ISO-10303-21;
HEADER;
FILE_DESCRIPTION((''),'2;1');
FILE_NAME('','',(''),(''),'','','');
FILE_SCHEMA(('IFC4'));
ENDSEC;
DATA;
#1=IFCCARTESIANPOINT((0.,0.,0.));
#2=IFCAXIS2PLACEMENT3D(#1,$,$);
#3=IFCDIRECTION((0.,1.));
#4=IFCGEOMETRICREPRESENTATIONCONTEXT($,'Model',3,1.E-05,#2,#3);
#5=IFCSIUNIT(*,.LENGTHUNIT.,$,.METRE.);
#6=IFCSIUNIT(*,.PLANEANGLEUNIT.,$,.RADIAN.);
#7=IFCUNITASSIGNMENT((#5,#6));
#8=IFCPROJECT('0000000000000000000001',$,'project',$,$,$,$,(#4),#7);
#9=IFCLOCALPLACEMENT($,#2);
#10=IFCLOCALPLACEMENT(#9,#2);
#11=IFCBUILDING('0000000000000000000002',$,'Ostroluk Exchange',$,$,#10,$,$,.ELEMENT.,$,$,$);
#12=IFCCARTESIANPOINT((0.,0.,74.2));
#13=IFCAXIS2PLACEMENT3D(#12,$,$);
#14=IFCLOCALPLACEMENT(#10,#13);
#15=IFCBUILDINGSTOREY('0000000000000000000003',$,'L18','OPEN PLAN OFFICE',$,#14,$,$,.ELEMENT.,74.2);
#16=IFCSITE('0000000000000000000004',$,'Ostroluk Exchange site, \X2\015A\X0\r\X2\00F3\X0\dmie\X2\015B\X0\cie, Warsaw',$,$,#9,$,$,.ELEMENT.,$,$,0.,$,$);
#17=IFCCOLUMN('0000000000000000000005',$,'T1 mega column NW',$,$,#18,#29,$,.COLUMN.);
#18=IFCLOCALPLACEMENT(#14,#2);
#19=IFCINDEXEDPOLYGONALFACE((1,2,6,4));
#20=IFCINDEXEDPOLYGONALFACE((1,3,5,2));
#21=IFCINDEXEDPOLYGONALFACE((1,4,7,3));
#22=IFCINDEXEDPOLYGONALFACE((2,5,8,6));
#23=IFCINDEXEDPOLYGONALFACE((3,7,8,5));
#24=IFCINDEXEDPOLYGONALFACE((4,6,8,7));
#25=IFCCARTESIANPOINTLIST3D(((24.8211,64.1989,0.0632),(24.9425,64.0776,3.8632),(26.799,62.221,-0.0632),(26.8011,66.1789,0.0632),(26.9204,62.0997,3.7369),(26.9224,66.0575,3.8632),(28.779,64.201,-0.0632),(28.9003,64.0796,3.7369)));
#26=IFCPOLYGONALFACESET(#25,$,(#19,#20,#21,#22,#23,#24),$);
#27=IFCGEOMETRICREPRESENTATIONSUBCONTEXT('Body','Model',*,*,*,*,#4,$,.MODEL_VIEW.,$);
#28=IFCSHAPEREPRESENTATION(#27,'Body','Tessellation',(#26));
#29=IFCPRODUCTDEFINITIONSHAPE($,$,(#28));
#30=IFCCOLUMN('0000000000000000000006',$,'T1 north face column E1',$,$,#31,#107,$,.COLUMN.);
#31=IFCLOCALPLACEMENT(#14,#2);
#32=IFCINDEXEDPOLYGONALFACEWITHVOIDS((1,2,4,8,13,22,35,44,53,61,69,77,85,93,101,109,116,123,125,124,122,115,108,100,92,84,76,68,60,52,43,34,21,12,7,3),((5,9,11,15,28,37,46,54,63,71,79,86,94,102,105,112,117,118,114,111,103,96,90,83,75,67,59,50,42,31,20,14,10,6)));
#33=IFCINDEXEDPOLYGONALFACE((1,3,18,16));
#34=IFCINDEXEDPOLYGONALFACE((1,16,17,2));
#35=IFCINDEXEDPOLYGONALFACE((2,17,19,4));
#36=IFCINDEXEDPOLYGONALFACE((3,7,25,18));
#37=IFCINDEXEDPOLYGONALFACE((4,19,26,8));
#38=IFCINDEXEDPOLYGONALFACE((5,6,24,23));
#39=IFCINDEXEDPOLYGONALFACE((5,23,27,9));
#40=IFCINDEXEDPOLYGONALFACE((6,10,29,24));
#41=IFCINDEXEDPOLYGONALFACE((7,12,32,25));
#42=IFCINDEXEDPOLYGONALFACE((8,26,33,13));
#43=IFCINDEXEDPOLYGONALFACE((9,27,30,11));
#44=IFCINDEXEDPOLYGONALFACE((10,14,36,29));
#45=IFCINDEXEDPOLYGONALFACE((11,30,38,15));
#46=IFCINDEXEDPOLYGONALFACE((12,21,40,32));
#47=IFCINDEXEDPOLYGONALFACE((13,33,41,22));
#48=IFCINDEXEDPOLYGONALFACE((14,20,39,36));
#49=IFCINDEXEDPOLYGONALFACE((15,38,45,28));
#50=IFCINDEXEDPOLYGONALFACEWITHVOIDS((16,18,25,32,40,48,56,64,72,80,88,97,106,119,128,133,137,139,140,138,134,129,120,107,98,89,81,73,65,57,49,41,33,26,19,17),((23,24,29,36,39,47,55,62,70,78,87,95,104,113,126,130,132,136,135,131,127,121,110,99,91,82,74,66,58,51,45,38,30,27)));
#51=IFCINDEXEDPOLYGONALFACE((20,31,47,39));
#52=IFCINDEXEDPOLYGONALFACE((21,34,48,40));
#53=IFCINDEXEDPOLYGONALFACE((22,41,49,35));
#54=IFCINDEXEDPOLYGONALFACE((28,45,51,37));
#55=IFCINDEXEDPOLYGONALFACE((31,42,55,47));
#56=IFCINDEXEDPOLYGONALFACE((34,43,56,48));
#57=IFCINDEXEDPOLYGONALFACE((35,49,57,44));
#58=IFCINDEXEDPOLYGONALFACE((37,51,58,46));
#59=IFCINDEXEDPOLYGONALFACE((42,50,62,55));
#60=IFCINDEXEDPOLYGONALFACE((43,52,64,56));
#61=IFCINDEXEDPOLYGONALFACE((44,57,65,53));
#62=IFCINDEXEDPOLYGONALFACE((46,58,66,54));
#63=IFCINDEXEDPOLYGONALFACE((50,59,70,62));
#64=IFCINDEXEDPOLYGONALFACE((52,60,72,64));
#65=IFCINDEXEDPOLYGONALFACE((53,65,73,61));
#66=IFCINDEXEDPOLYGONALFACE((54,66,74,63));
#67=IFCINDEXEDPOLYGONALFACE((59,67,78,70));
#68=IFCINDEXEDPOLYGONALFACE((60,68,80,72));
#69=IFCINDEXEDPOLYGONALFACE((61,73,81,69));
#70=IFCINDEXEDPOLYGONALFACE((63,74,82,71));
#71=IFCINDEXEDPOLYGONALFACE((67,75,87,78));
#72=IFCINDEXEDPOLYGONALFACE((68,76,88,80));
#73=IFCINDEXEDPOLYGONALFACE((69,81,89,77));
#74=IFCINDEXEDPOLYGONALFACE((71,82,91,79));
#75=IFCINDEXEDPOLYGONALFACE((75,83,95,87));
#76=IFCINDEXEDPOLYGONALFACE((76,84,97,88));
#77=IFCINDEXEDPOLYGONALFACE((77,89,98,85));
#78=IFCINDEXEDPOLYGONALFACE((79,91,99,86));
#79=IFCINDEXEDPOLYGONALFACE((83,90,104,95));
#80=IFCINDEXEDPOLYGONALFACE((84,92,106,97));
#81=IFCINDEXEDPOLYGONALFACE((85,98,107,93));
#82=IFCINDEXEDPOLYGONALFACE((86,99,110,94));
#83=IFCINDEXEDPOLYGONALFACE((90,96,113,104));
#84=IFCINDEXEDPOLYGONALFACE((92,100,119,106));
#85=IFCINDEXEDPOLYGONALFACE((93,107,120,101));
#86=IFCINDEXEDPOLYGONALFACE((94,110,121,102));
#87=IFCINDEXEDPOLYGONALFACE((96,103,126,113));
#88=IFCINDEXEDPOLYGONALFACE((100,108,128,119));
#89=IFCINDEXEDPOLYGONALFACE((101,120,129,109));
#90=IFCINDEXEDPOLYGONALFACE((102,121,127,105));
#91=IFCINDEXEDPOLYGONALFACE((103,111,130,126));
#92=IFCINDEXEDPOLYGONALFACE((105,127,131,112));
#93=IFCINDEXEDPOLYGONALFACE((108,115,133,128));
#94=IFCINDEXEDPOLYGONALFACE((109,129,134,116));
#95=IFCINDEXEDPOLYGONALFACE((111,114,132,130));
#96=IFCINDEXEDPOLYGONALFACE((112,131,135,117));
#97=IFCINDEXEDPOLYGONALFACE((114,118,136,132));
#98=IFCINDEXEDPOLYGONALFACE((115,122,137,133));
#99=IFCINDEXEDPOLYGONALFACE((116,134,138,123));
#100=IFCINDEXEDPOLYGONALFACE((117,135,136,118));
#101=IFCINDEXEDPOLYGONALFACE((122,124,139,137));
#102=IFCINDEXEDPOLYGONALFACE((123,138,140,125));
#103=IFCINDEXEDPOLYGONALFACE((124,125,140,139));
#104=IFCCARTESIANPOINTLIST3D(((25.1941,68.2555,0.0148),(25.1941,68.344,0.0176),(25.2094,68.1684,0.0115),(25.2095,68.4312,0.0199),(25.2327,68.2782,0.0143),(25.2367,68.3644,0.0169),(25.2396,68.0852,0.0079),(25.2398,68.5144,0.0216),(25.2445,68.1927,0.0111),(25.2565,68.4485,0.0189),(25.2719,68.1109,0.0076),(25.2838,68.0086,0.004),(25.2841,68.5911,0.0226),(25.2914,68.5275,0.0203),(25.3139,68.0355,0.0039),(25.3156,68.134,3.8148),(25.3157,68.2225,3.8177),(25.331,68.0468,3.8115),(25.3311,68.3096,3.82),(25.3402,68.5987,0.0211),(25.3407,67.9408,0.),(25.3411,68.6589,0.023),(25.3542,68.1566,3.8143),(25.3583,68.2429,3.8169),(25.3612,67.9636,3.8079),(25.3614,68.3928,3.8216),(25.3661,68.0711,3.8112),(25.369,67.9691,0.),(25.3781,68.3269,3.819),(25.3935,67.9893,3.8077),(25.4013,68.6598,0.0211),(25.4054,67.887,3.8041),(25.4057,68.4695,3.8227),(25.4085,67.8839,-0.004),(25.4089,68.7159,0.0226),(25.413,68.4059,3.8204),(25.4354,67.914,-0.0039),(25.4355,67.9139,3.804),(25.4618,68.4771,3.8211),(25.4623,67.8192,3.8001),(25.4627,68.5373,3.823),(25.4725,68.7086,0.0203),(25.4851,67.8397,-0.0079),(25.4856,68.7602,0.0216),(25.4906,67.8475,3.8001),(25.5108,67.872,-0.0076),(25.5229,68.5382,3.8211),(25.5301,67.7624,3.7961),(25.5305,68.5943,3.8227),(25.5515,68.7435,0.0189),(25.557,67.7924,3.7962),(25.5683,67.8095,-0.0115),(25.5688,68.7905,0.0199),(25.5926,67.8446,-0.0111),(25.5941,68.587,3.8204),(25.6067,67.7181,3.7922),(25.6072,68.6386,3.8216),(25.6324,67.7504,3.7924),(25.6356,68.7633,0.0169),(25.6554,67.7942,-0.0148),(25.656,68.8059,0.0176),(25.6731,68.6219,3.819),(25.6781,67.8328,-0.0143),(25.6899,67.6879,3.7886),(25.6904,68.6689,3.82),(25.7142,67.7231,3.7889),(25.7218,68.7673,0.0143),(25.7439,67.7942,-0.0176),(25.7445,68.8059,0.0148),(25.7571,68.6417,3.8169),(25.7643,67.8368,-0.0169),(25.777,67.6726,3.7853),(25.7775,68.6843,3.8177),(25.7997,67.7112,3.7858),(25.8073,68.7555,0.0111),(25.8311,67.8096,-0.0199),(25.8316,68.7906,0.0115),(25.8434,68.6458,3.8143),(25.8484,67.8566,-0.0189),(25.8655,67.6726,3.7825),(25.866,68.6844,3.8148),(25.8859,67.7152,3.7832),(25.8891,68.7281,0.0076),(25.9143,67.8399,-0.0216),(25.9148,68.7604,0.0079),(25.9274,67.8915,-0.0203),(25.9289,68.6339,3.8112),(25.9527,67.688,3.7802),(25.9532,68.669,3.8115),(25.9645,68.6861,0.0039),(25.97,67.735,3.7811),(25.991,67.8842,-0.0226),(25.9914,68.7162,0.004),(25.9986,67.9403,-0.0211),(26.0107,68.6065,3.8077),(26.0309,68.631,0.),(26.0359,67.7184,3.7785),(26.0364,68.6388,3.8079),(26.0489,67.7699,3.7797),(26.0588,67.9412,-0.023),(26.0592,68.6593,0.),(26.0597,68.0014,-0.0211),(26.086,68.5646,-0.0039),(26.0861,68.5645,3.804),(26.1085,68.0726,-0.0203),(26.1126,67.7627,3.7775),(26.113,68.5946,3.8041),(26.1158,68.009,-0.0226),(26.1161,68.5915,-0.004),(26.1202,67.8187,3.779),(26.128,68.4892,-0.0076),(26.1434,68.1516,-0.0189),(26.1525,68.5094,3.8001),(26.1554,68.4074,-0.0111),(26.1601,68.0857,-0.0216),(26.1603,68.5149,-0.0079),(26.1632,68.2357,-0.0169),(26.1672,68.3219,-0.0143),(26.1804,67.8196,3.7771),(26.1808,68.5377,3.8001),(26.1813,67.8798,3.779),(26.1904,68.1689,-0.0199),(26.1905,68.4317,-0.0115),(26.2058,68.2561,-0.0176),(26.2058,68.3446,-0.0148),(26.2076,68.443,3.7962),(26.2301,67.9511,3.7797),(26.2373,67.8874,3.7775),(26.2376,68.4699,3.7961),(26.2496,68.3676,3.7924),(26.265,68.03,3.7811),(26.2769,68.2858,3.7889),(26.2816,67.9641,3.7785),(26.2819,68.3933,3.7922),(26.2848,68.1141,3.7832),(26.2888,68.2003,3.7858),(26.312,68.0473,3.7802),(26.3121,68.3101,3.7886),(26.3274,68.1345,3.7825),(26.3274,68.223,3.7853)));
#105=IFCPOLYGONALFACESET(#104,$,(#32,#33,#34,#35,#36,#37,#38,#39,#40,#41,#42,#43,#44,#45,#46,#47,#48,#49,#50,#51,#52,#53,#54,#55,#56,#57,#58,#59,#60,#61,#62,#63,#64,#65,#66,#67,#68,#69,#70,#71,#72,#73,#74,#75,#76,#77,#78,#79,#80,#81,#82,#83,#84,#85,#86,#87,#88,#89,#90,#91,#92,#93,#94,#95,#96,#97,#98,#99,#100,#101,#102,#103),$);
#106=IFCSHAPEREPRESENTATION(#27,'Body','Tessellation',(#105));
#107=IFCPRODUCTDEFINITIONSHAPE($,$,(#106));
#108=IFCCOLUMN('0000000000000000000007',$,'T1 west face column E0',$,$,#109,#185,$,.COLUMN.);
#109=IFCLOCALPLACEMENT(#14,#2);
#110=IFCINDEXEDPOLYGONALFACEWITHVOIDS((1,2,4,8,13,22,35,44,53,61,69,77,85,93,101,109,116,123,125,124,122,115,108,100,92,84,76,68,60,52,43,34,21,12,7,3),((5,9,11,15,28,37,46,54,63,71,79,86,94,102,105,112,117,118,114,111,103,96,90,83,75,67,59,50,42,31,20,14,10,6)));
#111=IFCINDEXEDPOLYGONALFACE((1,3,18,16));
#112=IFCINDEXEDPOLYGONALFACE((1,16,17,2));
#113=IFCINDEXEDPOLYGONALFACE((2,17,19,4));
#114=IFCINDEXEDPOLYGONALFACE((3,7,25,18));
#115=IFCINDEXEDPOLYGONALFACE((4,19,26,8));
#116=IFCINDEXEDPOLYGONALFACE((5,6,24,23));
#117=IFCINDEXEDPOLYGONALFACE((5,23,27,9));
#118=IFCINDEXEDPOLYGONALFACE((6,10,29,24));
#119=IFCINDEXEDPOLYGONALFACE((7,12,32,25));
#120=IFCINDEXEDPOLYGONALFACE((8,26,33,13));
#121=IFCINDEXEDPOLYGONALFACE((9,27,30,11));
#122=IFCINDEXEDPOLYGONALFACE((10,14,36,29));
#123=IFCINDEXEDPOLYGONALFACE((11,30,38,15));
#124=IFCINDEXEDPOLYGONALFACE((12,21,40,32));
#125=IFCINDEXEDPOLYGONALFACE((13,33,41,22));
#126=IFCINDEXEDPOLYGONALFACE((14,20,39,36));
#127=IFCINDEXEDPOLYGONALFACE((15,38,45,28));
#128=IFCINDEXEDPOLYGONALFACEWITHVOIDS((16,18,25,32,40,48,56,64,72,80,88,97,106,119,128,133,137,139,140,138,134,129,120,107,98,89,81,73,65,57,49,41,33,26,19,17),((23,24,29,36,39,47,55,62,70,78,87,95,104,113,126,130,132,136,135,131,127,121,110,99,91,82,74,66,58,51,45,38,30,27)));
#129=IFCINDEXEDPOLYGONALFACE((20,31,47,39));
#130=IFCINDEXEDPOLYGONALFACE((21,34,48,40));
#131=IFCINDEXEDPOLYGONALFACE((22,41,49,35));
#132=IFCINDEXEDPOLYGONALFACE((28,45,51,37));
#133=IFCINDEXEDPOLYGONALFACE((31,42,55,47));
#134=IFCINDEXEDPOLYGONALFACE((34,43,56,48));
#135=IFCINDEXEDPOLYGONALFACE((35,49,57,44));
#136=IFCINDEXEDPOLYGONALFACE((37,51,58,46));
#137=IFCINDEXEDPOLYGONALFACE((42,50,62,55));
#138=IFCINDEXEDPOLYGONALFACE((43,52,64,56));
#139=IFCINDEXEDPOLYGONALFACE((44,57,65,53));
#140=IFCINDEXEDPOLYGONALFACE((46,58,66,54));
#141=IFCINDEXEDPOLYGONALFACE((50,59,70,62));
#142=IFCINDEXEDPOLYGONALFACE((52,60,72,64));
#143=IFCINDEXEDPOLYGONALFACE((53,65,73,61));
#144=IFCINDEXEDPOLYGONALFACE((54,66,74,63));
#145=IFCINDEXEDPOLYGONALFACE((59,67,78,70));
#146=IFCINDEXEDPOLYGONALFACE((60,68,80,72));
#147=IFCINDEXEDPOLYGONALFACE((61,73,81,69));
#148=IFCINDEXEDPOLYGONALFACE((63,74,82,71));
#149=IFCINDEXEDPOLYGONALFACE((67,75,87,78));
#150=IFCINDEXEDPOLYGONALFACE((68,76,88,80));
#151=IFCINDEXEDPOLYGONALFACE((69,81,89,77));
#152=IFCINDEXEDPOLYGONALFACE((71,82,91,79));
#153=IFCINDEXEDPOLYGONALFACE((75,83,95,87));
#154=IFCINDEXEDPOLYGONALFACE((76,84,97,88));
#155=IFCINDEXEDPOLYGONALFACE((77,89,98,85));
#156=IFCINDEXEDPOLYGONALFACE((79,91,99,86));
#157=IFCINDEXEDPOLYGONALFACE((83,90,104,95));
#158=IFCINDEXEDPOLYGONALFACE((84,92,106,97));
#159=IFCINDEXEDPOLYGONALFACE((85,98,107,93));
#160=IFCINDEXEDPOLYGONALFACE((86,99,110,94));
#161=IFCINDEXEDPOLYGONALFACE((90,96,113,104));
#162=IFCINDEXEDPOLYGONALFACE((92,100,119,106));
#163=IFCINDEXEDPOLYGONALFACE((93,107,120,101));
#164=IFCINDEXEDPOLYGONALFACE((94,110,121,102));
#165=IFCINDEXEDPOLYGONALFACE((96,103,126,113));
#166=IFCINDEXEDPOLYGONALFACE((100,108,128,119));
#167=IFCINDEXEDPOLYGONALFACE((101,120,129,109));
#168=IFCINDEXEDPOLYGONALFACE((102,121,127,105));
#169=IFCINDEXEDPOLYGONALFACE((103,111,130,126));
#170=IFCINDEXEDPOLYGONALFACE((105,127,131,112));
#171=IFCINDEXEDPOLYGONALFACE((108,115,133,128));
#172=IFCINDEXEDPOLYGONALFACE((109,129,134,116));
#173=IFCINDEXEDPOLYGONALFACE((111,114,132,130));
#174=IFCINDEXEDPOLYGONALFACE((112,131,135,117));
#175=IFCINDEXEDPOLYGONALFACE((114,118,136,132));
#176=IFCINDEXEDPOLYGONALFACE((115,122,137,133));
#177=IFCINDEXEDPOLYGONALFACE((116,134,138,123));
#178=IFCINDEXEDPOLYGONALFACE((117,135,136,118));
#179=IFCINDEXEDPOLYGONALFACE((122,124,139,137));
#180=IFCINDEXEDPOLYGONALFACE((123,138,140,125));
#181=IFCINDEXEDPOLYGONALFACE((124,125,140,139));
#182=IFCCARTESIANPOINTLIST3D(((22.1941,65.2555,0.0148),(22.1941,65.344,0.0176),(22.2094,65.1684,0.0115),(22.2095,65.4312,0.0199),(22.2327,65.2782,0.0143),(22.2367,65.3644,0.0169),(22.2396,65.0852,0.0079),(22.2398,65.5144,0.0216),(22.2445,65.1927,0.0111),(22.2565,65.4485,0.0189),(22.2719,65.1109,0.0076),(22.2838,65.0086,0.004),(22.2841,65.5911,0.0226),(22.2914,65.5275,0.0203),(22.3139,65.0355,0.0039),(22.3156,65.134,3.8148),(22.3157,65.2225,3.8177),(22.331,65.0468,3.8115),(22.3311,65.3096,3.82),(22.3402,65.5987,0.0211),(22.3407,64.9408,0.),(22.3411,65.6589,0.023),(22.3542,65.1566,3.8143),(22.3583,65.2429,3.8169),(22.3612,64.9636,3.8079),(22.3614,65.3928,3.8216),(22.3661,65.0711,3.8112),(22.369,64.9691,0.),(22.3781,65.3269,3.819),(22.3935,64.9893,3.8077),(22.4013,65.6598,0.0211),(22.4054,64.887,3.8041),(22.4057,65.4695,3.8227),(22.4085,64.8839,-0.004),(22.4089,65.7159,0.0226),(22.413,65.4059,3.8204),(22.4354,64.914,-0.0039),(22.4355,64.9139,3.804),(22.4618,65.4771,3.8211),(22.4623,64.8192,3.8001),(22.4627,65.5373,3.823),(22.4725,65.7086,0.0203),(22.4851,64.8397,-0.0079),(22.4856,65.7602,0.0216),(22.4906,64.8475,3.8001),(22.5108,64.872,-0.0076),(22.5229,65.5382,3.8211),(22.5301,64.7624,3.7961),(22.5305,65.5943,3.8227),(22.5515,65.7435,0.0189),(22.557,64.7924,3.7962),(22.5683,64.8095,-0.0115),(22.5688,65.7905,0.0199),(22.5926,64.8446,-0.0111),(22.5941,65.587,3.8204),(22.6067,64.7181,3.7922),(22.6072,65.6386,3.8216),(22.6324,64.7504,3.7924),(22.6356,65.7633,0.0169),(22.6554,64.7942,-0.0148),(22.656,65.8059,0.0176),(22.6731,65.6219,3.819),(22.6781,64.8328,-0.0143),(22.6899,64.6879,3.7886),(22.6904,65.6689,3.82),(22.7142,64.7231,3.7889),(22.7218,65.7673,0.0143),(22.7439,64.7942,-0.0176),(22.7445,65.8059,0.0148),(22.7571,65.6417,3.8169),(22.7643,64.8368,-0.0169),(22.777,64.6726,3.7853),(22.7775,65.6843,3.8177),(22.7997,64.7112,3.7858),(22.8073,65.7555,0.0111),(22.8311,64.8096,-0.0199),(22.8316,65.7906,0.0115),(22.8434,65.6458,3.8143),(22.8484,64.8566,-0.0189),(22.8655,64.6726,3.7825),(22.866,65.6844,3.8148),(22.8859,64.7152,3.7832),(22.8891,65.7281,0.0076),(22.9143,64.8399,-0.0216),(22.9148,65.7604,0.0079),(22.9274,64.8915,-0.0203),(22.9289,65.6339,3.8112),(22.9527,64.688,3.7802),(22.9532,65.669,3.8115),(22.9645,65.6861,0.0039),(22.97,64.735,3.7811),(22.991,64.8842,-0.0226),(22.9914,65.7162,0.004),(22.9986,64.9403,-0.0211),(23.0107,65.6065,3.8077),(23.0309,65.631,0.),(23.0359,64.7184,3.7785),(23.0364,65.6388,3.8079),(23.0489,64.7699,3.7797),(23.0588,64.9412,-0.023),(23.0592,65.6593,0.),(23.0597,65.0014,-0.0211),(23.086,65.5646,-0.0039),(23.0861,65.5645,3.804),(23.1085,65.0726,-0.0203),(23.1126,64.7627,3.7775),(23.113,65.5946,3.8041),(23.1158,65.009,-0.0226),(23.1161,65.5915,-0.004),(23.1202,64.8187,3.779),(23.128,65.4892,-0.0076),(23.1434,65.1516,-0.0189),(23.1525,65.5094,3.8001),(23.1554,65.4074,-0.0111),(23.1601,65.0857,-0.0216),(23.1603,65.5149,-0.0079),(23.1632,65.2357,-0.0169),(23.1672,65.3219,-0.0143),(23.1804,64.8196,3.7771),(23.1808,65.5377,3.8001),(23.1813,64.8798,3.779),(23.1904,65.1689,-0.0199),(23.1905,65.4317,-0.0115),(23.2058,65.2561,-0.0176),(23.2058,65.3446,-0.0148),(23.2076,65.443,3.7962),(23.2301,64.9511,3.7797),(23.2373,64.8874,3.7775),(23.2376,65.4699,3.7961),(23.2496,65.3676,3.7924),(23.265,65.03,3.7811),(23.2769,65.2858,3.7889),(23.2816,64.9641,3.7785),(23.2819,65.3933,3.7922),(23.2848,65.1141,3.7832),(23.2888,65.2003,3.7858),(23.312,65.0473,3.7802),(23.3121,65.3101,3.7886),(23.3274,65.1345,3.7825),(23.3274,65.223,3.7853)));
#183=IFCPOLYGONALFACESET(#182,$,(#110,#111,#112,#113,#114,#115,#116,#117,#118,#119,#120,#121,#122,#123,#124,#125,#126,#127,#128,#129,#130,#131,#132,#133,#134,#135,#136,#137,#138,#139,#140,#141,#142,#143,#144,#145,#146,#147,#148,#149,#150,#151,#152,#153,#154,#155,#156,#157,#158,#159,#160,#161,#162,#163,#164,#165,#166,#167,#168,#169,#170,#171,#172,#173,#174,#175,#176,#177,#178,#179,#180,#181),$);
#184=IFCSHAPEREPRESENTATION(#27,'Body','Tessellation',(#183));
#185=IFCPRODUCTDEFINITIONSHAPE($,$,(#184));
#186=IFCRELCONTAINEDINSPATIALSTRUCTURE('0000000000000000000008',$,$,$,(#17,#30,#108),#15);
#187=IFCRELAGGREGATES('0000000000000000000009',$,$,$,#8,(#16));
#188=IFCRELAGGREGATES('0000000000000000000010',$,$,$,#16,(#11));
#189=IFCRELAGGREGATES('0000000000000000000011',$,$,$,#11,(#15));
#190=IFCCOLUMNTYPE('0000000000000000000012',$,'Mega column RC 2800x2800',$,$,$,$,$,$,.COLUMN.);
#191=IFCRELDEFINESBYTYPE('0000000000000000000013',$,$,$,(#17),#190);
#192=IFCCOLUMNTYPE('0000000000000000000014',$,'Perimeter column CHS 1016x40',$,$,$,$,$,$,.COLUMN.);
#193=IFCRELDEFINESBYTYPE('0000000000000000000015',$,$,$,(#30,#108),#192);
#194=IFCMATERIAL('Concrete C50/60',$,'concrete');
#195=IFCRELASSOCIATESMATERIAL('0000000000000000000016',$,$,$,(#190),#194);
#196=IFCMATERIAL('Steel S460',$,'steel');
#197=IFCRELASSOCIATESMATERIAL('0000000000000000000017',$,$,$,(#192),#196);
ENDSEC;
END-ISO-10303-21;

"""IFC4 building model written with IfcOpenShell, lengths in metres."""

from ifc_helpers import new_model, si_unit, direction, frame, origin, origin_2d, place, context, subcontext, project, spatial, rectangle, hollow_circle, extrude, material, material_profile, profile_set, type_object, element, save


model = new_model("IFC4")

# Units and contexts
model_context = context("Model", 3, precision=1e-05, world=origin(), true_north=direction((0.0, 1.0)))
body_context = subcontext(model_context, "Body", "Model", "MODEL_VIEW")
ifc_project = project(units=[si_unit("LENGTHUNIT", "METRE"), si_unit("PLANEANGLEUNIT", "RADIAN")], contexts=[model_context])

# Site, building, storey
site_placement = place(None, origin())
site = spatial("IfcSite", under=ifc_project, at=site_placement, Name="Ostroluk Exchange site, Śródmieście, Warsaw", CompositionType="ELEMENT", RefElevation=0.0)
building_placement = place(site_placement, origin())
building = spatial("IfcBuilding", under=site, at=building_placement, Name="Ostroluk Exchange", CompositionType="ELEMENT")
storey_placement = place(building_placement, frame((0.0, 0.0, 74.2)))
storey = spatial("IfcBuildingStorey", under=building, at=storey_placement, Name="L18", Description="OPEN PLAN OFFICE", CompositionType="ELEMENT", Elevation=74.2)

# Columns
ifc_material_1 = material(Name="Concrete C50/60", Category="concrete")
ifc_material_profile_1 = material_profile(ifc_material_1, rectangle(XDim=2.8, YDim=2.8, at=origin_2d()), Name="RC 2800x2800")
ifc_profile_set_1 = profile_set([ifc_material_profile_1], Name="Concrete C50/60")
column_type_1 = type_object("IfcColumnType", Name="Mega column RC 2800x2800", PredefinedType="COLUMN", material=ifc_profile_set_1)
column_placement = place(storey_placement, frame((26.8, 64.2, 0.0), z_axis=(0.031898, -0.031898, 0.998982), x_axis=(0.707107, 0.707107, 0.0)))
element("IfcColumn", 1, at=column_placement, inside=storey, type_object=column_type_1, Name="T1 mega column NW", PredefinedType="COLUMN", context=body_context, shape_type="SweptSolid", body=[
    extrude(rectangle(XDim=2.8, YDim=2.8, at=origin_2d()), origin(), (0.0, 0.0, 1.0), 3.804),
])
ifc_material_2 = material(Name="Steel S460", Category="steel")
ifc_material_profile_2 = material_profile(ifc_material_2, hollow_circle(Radius=0.5081, WallThickness=0.04, at=origin_2d()), Name="CHS 1016x40")
ifc_profile_set_2 = profile_set([ifc_material_profile_2], Name="Steel S460")
column_type_2 = type_object("IfcColumnType", Name="Perimeter column CHS 1016x40", PredefinedType="COLUMN", material=ifc_profile_set_2)
for number, where, z_axis, x_axis, name in (
    (2, (25.7, 68.3, 0.0), (0.031962, -0.031962, 0.998978), (0.707107, 0.707107, 0.0), "T1 north face column E1"),
    (3, (22.7, 65.3, 0.0), (0.031962, -0.031962, 0.998978), (0.707107, 0.707107, 0.0), "T1 west face column E0"),
):
    element("IfcColumn", number, at=place(storey_placement, frame(where, z_axis=z_axis, x_axis=x_axis)), inside=storey, type_object=column_type_2, Name=name, PredefinedType="COLUMN", context=body_context, shape_type="SweptSolid", body=[
        extrude(hollow_circle(Radius=0.5081, WallThickness=0.04, at=origin_2d()), origin(), (0.0, 0.0, 1.0), 3.804),
    ])

save(model, "model.ifc")
